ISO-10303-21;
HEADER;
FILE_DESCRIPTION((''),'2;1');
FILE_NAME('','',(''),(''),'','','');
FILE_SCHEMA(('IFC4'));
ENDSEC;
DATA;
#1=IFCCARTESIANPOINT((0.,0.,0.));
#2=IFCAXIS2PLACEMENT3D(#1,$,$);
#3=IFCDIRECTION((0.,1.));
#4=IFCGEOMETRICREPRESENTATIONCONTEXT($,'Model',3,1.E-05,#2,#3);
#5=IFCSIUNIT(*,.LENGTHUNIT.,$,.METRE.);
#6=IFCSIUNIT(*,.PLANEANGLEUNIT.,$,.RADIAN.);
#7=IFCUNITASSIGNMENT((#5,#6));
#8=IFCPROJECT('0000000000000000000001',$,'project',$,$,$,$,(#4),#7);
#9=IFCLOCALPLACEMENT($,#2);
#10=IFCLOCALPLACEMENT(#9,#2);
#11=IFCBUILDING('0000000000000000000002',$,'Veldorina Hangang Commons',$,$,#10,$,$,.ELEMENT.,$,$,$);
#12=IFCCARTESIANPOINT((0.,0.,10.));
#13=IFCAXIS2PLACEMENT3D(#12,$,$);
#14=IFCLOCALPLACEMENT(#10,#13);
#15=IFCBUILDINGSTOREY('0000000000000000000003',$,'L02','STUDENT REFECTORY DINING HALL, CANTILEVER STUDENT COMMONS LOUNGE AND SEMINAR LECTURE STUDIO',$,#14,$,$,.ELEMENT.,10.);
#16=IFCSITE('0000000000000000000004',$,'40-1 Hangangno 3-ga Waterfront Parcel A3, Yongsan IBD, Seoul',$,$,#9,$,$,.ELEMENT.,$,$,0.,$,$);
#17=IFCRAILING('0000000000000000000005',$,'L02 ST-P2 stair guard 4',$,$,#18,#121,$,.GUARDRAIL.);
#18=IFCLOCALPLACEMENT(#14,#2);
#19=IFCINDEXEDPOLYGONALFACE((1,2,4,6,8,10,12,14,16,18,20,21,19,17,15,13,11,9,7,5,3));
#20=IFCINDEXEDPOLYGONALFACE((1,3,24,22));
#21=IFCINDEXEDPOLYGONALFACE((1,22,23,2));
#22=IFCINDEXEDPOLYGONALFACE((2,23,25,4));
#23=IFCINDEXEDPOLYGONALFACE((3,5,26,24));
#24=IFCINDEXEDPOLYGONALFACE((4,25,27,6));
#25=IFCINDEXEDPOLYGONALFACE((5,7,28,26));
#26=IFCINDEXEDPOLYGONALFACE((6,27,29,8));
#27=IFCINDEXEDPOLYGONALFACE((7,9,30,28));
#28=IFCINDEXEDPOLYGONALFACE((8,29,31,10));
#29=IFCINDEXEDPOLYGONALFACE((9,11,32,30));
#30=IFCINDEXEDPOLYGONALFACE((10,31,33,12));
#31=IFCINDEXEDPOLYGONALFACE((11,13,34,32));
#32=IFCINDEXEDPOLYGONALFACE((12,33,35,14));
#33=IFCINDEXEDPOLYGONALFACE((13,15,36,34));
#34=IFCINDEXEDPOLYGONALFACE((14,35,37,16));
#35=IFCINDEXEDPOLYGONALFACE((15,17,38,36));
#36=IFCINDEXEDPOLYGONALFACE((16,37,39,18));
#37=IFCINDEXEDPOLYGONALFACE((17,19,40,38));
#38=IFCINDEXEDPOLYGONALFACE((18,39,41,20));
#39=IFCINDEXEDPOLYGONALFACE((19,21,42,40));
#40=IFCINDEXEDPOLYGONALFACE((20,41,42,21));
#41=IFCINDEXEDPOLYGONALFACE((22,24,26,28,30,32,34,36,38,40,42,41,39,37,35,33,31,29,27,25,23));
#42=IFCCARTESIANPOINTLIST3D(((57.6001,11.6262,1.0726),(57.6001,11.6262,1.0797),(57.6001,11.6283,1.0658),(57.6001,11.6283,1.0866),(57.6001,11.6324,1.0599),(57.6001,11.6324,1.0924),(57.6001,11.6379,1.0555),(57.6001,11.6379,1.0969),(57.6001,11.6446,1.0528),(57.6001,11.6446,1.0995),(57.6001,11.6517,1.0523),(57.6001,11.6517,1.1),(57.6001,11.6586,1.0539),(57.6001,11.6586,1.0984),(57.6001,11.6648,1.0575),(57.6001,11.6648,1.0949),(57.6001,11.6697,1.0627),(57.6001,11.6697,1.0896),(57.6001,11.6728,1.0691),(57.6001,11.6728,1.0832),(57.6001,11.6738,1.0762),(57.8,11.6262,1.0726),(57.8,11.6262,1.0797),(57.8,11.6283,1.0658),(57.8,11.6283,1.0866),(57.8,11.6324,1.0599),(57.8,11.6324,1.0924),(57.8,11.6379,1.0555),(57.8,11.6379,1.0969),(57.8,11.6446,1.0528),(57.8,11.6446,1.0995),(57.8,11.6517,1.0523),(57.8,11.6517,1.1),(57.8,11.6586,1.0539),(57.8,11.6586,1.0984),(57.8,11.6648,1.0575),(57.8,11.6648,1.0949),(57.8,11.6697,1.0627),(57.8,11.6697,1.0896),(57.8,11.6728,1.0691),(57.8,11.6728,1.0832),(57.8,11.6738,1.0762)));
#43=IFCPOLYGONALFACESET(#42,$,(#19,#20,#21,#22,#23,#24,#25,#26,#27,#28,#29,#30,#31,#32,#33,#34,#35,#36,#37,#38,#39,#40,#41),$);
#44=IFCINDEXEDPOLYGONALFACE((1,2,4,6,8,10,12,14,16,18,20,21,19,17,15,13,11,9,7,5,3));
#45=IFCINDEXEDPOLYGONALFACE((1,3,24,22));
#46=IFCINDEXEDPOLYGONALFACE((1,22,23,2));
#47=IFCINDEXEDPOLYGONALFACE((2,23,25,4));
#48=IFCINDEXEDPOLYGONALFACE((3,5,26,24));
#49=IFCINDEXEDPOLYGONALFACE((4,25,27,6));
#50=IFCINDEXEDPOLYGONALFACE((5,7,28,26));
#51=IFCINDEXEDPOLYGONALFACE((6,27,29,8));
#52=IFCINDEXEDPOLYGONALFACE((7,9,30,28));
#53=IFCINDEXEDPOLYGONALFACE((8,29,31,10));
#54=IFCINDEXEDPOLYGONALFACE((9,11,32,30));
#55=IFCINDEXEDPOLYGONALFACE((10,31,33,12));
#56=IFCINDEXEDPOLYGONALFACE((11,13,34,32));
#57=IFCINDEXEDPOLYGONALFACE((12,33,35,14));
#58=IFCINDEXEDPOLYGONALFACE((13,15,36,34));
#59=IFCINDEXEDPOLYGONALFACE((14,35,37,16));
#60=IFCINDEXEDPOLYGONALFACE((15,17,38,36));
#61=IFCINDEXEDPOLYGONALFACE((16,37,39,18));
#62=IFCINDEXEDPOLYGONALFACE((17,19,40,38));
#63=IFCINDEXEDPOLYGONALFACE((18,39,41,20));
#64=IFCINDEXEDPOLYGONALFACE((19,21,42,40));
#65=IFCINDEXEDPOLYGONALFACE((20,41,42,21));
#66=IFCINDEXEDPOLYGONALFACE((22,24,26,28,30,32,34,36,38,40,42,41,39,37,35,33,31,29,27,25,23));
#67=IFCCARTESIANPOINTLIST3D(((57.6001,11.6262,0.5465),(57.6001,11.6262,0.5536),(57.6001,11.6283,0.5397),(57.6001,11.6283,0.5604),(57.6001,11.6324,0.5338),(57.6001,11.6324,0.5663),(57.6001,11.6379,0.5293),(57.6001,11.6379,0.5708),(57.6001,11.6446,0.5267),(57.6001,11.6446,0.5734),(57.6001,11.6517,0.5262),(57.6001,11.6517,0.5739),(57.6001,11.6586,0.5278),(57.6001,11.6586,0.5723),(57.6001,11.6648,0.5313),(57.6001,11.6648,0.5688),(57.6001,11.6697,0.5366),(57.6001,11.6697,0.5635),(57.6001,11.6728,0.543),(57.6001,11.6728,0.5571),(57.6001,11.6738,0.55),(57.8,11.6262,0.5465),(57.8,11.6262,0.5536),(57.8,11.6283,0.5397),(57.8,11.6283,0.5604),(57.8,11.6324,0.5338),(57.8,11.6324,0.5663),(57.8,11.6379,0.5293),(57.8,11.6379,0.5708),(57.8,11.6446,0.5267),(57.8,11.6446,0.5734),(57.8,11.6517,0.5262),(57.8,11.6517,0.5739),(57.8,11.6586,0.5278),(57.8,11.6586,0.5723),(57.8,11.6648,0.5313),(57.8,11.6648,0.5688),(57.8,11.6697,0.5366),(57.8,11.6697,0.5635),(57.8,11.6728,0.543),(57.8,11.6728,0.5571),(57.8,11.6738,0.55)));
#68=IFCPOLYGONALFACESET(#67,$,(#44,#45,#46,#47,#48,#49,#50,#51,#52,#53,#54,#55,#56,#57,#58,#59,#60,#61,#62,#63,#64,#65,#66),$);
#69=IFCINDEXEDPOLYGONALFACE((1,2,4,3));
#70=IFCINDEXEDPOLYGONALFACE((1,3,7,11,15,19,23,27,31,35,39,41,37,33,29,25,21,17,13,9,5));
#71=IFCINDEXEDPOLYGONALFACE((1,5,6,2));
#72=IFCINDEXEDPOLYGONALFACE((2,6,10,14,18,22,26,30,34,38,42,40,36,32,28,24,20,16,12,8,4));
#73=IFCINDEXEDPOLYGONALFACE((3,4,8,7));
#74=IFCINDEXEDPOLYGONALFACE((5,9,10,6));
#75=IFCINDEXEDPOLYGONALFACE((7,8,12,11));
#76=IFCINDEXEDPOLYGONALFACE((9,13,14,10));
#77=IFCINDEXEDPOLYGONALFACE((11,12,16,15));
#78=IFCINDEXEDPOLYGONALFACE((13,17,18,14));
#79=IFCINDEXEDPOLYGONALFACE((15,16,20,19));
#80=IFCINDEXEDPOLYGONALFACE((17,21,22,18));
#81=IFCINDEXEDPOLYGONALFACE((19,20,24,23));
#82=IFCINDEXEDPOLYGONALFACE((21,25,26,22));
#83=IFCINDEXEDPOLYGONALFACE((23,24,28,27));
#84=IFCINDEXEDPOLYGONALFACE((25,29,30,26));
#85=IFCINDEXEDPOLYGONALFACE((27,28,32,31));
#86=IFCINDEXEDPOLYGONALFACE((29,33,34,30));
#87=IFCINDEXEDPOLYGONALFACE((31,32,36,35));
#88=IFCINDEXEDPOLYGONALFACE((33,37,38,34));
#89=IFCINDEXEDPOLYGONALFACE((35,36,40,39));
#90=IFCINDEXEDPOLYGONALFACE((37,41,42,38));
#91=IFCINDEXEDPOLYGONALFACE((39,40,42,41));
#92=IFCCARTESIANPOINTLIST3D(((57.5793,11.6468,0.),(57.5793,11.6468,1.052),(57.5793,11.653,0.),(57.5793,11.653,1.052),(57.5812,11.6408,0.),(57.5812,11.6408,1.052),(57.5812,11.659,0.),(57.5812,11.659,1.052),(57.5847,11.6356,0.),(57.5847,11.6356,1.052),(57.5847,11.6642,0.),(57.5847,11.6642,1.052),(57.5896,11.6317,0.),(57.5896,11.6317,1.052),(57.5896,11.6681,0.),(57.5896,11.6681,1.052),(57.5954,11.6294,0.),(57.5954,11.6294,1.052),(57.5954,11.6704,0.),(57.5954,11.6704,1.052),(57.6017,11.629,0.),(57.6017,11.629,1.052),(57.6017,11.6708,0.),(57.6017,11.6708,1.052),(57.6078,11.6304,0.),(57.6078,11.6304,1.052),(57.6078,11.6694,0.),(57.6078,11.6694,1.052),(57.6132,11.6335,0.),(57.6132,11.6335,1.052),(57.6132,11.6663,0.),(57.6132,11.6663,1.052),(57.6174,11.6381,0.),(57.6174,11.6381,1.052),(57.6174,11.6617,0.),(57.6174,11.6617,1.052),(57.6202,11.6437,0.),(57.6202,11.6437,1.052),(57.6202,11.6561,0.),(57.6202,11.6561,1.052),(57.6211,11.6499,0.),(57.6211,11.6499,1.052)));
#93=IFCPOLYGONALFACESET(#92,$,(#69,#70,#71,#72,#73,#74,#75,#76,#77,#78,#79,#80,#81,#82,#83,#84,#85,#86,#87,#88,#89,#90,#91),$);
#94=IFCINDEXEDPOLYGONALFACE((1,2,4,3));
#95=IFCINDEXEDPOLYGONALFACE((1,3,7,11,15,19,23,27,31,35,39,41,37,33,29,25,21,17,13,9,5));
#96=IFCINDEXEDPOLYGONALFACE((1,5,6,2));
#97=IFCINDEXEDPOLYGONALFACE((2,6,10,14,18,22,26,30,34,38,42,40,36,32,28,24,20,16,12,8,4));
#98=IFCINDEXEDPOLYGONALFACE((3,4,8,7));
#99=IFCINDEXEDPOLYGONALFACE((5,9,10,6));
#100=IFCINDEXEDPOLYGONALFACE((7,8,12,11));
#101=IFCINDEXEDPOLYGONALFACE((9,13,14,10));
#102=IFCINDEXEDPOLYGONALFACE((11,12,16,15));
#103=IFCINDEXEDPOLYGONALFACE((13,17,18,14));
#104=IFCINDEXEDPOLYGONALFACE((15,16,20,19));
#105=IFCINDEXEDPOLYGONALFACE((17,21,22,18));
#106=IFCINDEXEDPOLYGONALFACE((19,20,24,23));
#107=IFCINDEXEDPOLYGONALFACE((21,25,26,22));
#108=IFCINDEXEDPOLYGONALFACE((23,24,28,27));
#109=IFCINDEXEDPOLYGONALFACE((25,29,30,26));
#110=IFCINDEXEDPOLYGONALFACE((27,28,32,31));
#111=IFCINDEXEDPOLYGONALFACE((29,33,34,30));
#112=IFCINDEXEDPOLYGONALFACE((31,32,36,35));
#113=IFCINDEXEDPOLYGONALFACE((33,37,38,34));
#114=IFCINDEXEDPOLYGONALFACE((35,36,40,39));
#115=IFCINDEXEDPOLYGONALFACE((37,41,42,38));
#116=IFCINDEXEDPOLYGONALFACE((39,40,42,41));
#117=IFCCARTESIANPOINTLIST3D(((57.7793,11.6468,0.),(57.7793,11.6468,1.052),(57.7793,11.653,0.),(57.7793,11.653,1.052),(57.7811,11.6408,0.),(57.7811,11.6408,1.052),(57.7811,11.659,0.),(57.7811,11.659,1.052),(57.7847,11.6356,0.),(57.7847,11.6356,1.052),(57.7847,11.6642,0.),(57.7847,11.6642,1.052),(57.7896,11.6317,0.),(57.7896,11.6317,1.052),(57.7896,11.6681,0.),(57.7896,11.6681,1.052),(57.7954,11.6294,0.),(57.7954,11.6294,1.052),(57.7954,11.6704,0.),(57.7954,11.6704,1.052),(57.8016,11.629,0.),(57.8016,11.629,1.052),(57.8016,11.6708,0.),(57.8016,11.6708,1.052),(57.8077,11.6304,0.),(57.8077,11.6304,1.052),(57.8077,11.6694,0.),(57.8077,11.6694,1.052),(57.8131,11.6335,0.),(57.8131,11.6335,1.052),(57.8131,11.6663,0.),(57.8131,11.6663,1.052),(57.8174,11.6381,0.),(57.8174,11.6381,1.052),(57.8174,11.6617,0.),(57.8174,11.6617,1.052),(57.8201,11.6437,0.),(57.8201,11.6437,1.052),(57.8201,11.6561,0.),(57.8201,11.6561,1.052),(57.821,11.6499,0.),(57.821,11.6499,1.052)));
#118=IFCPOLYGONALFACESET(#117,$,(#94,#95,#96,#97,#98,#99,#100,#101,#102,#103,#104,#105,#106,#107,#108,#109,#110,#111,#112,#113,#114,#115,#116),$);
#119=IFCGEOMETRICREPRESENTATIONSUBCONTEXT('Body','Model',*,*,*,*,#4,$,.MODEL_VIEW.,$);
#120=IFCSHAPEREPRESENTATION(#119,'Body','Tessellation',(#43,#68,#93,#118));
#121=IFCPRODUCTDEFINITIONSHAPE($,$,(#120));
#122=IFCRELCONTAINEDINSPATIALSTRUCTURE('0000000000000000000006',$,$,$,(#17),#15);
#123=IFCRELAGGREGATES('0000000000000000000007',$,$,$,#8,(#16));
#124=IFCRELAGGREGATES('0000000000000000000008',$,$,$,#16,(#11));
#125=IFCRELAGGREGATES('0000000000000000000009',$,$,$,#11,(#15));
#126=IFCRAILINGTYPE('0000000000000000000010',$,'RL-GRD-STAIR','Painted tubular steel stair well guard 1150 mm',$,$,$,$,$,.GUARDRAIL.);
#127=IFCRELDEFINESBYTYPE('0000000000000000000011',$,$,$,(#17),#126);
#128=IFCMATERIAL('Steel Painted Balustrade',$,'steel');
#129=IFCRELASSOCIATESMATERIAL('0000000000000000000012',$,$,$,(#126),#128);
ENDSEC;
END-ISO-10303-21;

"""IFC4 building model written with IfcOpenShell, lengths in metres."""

from ifc_helpers import new_model, si_unit, direction, frame, origin, origin_2d, place, context, subcontext, project, spatial, circle, extrude, material, type_object, element, save


model = new_model("IFC4")

# Units and contexts
model_context = context("Model", 3, precision=1e-05, world=origin(), true_north=direction((0.0, 1.0)))
body_context = subcontext(model_context, "Body", "Model", "MODEL_VIEW")
ifc_project = project(units=[si_unit("LENGTHUNIT", "METRE"), si_unit("PLANEANGLEUNIT", "RADIAN")], contexts=[model_context])

# Site, building, storey
site_placement = place(None, origin())
site = spatial("IfcSite", under=ifc_project, at=site_placement, Name="40-1 Hangangno 3-ga Waterfront Parcel A3, Yongsan IBD, Seoul", CompositionType="ELEMENT", RefElevation=0.0)
building_placement = place(site_placement, origin())
building = spatial("IfcBuilding", under=site, at=building_placement, Name="Veldorina Hangang Commons", CompositionType="ELEMENT")
storey_placement = place(building_placement, frame((0.0, 0.0, 10.0)))
storey = spatial("IfcBuildingStorey", under=building, at=storey_placement, Name="L02", Description="STUDENT REFECTORY DINING HALL, CANTILEVER STUDENT COMMONS LOUNGE AND SEMINAR LECTURE STUDIO", CompositionType="ELEMENT", Elevation=10.0)

# Railing
ifc_material_1 = material(Name="Steel Painted Balustrade", Category="steel")
railing_type_1 = type_object("IfcRailingType", Name="RL-GRD-STAIR", Description="Painted tubular steel stair well guard 1150 mm", PredefinedType="GUARDRAIL", material=ifc_material_1)
railing_1_placement = place(storey_placement, frame((57.6001, 11.6499, 0.0)))
element("IfcRailing", 1, at=railing_1_placement, inside=storey, type_object=railing_type_1, Name="L02 ST-P2 stair guard 4", PredefinedType="GUARDRAIL", context=body_context, shape_type="SweptSolid", body=[
    extrude(circle(Radius=0.0239, at=origin_2d()), frame((0.0, 0.0, 1.0762), z_axis=(1.0, 0.0, 0.0), x_axis=(0.0, 1.0, 0.0)), (0.0, 0.0, 1.0), 0.2),
    extrude(circle(Radius=0.0239, at=origin_2d()), frame((0.0, 0.0, 0.55), z_axis=(1.0, 0.0, 0.0), x_axis=(0.0, 1.0, 0.0)), (0.0, 0.0, 1.0), 0.2),
    extrude(circle(Radius=0.021, at=origin_2d()), origin(), (0.0, 0.0, 1.0), 1.052),
    extrude(circle(Radius=0.021, at=origin_2d()), frame((0.2, 0.0, 0.0)), (0.0, 0.0, 1.0), 1.052),
])

save(model, "model.ifc")
